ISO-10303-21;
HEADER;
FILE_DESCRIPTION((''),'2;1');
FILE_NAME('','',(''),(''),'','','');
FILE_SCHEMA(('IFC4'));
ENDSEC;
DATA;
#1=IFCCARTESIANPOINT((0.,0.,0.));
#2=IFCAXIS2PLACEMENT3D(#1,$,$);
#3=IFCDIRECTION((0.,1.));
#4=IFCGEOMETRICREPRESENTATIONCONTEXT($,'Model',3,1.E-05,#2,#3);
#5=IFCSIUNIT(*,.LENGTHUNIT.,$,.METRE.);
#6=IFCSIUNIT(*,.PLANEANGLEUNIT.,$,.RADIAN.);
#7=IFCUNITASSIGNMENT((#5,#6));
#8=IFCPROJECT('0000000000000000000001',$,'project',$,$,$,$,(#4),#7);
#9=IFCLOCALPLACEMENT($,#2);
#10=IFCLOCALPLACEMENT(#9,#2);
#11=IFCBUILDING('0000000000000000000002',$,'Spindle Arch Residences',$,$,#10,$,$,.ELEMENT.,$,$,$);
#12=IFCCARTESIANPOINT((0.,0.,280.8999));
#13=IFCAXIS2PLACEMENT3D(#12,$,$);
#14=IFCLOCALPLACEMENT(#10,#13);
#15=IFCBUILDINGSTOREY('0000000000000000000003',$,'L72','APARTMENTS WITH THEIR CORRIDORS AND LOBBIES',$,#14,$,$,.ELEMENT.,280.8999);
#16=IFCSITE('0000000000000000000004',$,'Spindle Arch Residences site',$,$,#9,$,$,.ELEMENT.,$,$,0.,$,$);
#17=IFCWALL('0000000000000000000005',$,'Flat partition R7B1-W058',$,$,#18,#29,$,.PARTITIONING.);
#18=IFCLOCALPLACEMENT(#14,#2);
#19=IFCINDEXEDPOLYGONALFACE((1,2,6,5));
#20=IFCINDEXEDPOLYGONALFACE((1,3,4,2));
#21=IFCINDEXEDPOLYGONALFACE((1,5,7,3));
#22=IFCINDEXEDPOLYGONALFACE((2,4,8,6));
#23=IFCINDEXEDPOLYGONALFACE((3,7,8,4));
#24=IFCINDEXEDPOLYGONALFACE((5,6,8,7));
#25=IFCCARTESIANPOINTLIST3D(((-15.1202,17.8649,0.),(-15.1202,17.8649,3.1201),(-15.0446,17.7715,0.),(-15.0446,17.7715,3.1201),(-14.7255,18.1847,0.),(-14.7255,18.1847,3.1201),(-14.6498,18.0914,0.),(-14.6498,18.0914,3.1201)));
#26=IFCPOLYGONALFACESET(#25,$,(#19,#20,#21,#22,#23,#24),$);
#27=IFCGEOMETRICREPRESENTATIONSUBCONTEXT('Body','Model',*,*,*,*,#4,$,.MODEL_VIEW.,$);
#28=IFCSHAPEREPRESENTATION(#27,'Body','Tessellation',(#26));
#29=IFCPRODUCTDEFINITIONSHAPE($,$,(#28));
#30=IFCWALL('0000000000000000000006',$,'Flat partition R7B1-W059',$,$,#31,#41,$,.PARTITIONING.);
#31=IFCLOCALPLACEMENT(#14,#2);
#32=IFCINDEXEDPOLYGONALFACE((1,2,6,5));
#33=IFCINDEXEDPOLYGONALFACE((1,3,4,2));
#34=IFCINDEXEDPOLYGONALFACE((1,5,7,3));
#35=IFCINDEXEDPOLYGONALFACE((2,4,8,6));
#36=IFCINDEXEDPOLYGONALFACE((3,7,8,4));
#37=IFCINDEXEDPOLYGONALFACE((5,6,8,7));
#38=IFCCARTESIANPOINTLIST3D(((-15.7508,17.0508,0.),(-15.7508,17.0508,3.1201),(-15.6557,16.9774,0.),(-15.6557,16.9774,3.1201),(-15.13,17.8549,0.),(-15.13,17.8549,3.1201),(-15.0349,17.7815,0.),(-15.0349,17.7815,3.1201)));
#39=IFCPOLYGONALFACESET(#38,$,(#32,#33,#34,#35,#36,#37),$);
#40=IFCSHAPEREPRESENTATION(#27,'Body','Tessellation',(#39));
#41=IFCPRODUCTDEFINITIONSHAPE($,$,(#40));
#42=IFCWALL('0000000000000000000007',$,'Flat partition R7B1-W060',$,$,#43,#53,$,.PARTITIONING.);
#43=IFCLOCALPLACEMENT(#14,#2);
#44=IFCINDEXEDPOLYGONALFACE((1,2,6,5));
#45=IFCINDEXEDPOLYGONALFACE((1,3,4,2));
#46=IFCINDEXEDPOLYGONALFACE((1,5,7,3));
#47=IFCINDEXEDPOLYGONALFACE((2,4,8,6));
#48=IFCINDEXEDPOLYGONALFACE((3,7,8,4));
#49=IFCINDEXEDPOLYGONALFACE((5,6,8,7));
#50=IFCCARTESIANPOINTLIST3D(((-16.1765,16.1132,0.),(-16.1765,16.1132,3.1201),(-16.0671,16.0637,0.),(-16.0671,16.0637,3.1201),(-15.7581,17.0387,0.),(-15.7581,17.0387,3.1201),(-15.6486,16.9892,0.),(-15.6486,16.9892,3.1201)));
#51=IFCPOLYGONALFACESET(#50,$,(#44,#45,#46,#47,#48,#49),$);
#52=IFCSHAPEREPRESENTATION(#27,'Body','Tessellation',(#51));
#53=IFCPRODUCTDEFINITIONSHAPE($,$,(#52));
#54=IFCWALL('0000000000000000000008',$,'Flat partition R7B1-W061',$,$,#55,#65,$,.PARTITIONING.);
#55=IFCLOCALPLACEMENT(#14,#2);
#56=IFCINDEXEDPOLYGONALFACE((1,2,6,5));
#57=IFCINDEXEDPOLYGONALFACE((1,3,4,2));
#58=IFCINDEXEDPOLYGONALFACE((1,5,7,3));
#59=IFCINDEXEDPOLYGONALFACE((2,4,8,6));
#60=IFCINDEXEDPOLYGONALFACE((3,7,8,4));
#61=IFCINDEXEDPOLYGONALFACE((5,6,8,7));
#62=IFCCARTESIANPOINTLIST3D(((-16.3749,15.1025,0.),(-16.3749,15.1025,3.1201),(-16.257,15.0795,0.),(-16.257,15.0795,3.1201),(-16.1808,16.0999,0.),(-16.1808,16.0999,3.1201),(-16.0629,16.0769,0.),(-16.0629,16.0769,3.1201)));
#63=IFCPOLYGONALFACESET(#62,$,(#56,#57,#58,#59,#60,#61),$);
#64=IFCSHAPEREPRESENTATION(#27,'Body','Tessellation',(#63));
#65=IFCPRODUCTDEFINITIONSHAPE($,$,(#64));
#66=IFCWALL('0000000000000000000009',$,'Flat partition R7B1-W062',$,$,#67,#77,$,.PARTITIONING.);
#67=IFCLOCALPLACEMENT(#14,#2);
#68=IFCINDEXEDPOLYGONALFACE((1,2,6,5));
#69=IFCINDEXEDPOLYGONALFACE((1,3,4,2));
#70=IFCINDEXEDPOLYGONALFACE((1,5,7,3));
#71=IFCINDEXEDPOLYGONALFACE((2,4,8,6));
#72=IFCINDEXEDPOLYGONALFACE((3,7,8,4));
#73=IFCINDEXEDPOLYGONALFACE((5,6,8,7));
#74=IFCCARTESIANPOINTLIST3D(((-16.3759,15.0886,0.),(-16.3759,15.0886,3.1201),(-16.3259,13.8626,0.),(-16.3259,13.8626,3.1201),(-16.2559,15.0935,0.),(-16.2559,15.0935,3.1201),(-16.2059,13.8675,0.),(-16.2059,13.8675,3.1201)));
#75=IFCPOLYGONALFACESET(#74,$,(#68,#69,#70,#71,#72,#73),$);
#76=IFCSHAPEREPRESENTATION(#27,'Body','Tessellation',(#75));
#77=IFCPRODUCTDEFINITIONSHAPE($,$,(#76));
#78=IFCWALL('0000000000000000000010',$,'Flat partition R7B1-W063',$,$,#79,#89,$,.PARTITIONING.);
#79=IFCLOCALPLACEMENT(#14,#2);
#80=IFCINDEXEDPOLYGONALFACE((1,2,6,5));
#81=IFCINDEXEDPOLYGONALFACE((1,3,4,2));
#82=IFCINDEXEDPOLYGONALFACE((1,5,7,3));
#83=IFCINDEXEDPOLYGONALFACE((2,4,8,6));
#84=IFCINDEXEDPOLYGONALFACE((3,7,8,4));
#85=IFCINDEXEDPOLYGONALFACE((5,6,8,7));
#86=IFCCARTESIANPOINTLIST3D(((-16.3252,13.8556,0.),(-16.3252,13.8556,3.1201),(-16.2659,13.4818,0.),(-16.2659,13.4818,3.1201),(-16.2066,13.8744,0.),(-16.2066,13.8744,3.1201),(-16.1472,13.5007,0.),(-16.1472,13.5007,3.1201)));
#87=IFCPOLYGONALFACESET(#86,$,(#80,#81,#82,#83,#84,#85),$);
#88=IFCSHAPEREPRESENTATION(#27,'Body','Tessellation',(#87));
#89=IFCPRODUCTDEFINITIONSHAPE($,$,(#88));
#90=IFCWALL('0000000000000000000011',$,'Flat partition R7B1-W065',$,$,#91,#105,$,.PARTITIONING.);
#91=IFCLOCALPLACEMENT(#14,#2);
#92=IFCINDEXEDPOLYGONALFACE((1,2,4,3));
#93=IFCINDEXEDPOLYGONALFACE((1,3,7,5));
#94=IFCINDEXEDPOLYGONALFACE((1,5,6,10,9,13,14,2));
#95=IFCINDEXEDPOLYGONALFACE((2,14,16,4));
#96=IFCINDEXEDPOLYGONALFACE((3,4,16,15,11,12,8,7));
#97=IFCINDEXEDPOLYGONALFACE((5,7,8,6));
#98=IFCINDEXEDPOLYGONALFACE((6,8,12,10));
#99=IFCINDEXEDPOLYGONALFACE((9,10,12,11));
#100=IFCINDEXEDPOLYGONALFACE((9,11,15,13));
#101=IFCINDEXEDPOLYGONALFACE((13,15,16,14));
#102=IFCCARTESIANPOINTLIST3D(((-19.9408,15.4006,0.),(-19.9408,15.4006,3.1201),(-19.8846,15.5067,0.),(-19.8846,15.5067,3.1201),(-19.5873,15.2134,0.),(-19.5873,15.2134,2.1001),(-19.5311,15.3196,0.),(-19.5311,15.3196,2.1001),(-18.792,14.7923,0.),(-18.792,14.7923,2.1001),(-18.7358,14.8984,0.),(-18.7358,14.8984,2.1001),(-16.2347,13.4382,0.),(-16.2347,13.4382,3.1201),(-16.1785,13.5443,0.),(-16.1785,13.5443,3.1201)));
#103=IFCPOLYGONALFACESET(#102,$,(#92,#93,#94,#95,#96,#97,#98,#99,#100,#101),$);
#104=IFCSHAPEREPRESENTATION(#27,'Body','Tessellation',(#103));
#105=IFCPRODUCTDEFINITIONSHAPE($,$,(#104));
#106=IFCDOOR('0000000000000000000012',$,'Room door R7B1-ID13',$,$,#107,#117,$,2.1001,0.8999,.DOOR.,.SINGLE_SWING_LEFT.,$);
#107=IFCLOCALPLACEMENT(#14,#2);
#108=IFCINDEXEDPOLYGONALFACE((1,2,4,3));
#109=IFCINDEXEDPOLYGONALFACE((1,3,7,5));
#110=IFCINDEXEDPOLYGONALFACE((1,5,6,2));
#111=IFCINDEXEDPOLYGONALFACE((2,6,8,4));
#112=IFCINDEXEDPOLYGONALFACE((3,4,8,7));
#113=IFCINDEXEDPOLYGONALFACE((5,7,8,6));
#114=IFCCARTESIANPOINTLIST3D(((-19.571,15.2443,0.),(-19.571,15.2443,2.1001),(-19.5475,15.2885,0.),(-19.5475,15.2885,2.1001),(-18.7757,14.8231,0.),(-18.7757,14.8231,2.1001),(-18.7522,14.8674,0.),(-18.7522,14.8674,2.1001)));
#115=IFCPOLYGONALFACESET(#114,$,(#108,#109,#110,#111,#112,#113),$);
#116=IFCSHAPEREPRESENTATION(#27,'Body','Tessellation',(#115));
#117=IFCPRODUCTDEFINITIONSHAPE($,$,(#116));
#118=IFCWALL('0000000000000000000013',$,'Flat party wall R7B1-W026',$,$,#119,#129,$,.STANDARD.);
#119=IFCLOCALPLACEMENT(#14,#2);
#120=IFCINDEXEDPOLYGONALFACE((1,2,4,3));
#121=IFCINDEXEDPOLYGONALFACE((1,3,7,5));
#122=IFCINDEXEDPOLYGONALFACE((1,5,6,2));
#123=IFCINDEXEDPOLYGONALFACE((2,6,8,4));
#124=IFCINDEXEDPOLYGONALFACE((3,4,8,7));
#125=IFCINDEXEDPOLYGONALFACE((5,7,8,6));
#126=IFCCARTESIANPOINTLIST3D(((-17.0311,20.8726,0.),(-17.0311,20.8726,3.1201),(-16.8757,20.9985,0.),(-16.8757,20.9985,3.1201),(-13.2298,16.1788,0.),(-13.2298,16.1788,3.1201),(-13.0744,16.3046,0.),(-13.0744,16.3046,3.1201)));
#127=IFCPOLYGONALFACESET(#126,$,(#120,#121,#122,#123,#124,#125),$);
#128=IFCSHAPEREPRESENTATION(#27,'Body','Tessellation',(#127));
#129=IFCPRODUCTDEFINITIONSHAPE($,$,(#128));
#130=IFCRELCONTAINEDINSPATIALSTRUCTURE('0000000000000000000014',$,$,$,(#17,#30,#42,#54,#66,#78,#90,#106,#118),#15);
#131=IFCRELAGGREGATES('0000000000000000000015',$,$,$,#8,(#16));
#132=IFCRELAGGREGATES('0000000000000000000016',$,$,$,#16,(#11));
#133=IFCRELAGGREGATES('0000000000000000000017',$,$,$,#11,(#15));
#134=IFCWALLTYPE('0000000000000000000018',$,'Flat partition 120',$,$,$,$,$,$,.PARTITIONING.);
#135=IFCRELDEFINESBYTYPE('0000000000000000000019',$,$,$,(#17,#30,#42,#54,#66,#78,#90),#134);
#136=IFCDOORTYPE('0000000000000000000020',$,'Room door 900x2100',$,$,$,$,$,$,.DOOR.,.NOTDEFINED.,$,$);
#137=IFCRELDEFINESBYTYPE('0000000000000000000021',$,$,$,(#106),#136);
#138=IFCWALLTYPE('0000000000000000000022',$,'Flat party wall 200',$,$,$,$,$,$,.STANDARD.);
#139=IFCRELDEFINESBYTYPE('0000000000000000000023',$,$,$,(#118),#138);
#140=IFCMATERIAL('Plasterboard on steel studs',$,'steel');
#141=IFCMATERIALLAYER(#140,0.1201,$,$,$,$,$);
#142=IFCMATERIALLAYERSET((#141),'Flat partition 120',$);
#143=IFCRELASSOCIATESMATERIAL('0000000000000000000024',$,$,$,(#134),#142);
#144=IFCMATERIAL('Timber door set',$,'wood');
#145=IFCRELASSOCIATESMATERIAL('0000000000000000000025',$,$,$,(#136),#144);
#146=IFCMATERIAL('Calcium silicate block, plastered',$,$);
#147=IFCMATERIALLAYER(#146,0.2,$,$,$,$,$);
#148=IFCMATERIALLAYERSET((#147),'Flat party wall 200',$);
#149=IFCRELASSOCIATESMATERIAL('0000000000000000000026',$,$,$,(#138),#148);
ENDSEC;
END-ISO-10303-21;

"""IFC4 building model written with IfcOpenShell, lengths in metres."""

from ifc_helpers import new_model, si_unit, direction, frame, frame_2d, origin, place, context, subcontext, project, spatial, rectangle, extrude, material, layer, layer_set, type_object, element, fill, save


model = new_model("IFC4")

# Units and contexts
model_context = context("Model", 3, precision=1e-05, world=origin(), true_north=direction((0.0, 1.0)))
body_context = subcontext(model_context, "Body", "Model", "MODEL_VIEW")
ifc_project = project(units=[si_unit("LENGTHUNIT", "METRE"), si_unit("PLANEANGLEUNIT", "RADIAN")], contexts=[model_context])

# Site, building, storey
site_placement = place(None, origin())
site = spatial("IfcSite", under=ifc_project, at=site_placement, Name="Spindle Arch Residences site", CompositionType="ELEMENT", RefElevation=0.0)
building_placement = place(site_placement, origin())
building = spatial("IfcBuilding", under=site, at=building_placement, Name="Spindle Arch Residences", CompositionType="ELEMENT")
storey_placement = place(building_placement, frame((0.0, 0.0, 280.8999)))
storey = spatial("IfcBuildingStorey", under=building, at=storey_placement, Name="L72", Description="APARTMENTS WITH THEIR CORRIDORS AND LOBBIES", CompositionType="ELEMENT", Elevation=280.8999)

# Walls
ifc_material_1 = material(Name="Plasterboard on steel studs", Category="steel")
ifc_layer_1 = layer(ifc_material_1, 0.1201)
ifc_layer_set_1 = layer_set([ifc_layer_1], Name="Flat partition 120")
wall_type_1 = type_object("IfcWallType", Name="Flat partition 120", PredefinedType="PARTITIONING", material=ifc_layer_set_1)
wall_1_placement = place(storey_placement, frame((-14.6877, 18.1379, 0.0), z_axis=(0.0, 0.0, 1.0), x_axis=(-0.77701, -0.629488, 0.0)))
element("IfcWall", 1, at=wall_1_placement, inside=storey, type_object=wall_type_1, Name="Flat partition R7B1-W058", PredefinedType="PARTITIONING", context=body_context, shape_type="SweptSolid", body=[
    extrude(rectangle(XDim=0.5081, YDim=0.1201, at=frame_2d((0.2539, 0.0))), origin(), (0.0, 0.0, 1.0), 3.1201),
])
wall_2_placement = place(storey_placement, frame((-15.0825, 17.8181, 0.0), z_axis=(0.0, 0.0, 1.0), x_axis=(-0.611092, -0.79156, 0.0)))
element("IfcWall", 2, at=wall_2_placement, inside=storey, type_object=wall_type_1, Name="Flat partition R7B1-W059", PredefinedType="PARTITIONING", context=body_context, shape_type="SweptSolid", body=[
    extrude(rectangle(XDim=1.0159, YDim=0.1201, at=frame_2d((0.5078, 0.0))), origin(), (0.0, 0.0, 1.0), 3.1201),
])
wall_3_placement = place(storey_placement, frame((-15.7034, 17.0139, 0.0), z_axis=(0.0, 0.0, 1.0), x_axis=(-0.411973, -0.911196, 0.0)))
element("IfcWall", 3, at=wall_3_placement, inside=storey, type_object=wall_type_1, Name="Flat partition R7B1-W060", PredefinedType="PARTITIONING", context=body_context, shape_type="SweptSolid", body=[
    extrude(rectangle(XDim=1.0156, YDim=0.1201, at=frame_2d((0.5078, 0.0))), origin(), (0.0, 0.0, 1.0), 3.1201),
])
wall_4_placement = place(storey_placement, frame((-16.1218, 16.0884, 0.0), z_axis=(0.0, 0.0, 1.0), x_axis=(-0.19103, -0.981584, 0.0)))
element("IfcWall", 4, at=wall_4_placement, inside=storey, type_object=wall_type_1, Name="Flat partition R7B1-W061", PredefinedType="PARTITIONING", context=body_context, shape_type="SweptSolid", body=[
    extrude(rectangle(XDim=1.0161, YDim=0.1201, at=frame_2d((0.5081, 0.0))), origin(), (0.0, 0.0, 1.0), 3.1201),
])
wall_5_placement = place(storey_placement, frame((-16.3159, 15.0911, 0.0), z_axis=(0.0, 0.0, 1.0), x_axis=(0.040786, -0.999168, 0.0)))
element("IfcWall", 5, at=wall_5_placement, inside=storey, type_object=wall_type_1, Name="Flat partition R7B1-W062", PredefinedType="PARTITIONING", context=body_context, shape_type="SweptSolid", body=[
    extrude(rectangle(XDim=1.2271, YDim=0.1201, at=frame_2d((0.6135, 0.0))), origin(), (0.0, 0.0, 1.0), 3.1201),
])
wall_6_placement = place(storey_placement, frame((-16.2659, 13.865, 0.0), z_axis=(0.0, 0.0, 1.0), x_axis=(0.156758, -0.987637, 0.0)))
element("IfcWall", 6, at=wall_6_placement, inside=storey, type_object=wall_type_1, Name="Flat partition R7B1-W063", PredefinedType="PARTITIONING", context=body_context, shape_type="SweptSolid", body=[
    extrude(rectangle(XDim=0.3784, YDim=0.1201, at=frame_2d((0.1892, 0.0))), origin(), (0.0, 0.0, 1.0), 3.1201),
])

# Wall, opening, door
wall_7_placement = place(storey_placement, frame((-19.9126, 15.4536, 0.0), z_axis=(0.0, 0.0, 1.0), x_axis=(0.883751, -0.467957, 0.0)))
wall_7 = element("IfcWall", 7, at=wall_7_placement, inside=storey, type_object=wall_type_1, Name="Flat partition R7B1-W065", PredefinedType="PARTITIONING", context=body_context, shape_type="SweptSolid", body=[
    extrude(rectangle(XDim=4.1936, YDim=0.1201, at=frame_2d((2.0967, 0.0))), origin(), (0.0, 0.0, 1.0), 3.1201),
])
opening_placement = place(wall_7_placement, frame((0.3999, 0.0, 0.0)))
opening = element("IfcOpeningElement", 8, at=opening_placement, cuts=wall_7, PredefinedType="OPENING", context=body_context, shape_type="SweptSolid", body=[
    extrude(rectangle(XDim=0.8999, YDim=2.1001, at=frame_2d((0.45, 1.05))), frame((0.0, 0.0701, 0.0), z_axis=(0.0, -1.0, 0.0), x_axis=(1.0, 0.0, 0.0)), (0.0, 0.0, 1.0), 0.1401),
])
ifc_material_2 = material(Name="Timber door set", Category="wood")
door_type = type_object("IfcDoorType", Name="Room door 900x2100", OperationType="NOTDEFINED", PredefinedType="DOOR", material=ifc_material_2)
door_placement = place(opening_placement, origin())
door = element("IfcDoor", 9, at=door_placement, inside=storey, type_object=door_type, Name="Room door R7B1-ID13", OperationType="SINGLE_SWING_LEFT", OverallHeight=2.1001, OverallWidth=0.8999, PredefinedType="DOOR", context=body_context, shape_type="SweptSolid", body=[
    extrude(rectangle(XDim=0.8999, YDim=2.1001, at=frame_2d((0.45, 1.05))), frame((0.0, 0.0249, 0.0), z_axis=(0.0, -1.0, 0.0), x_axis=(1.0, 0.0, 0.0)), (0.0, 0.0, 1.0), 0.05),
])
fill(opening, door)

# Wall
ifc_material_3 = material(Name="Calcium silicate block, plastered")
ifc_layer_2 = layer(ifc_material_3, 0.2)
ifc_layer_set_2 = layer_set([ifc_layer_2], Name="Flat party wall 200")
wall_type_2 = type_object("IfcWallType", Name="Flat party wall 200", PredefinedType="STANDARD", material=ifc_layer_set_2)
wall_8_placement = place(storey_placement, frame((-16.9534, 20.9355, 0.0), z_axis=(0.0, 0.0, 1.0), x_axis=(0.629347, -0.777124, 0.0)))
element("IfcWall", 10, at=wall_8_placement, inside=storey, type_object=wall_type_2, Name="Flat party wall R7B1-W026", PredefinedType="STANDARD", context=body_context, shape_type="SweptSolid", body=[
    extrude(rectangle(XDim=6.04, YDim=0.2, at=frame_2d((3.02, 0.0))), origin(), (0.0, 0.0, 1.0), 3.1201),
])

save(model, "model.ifc")
